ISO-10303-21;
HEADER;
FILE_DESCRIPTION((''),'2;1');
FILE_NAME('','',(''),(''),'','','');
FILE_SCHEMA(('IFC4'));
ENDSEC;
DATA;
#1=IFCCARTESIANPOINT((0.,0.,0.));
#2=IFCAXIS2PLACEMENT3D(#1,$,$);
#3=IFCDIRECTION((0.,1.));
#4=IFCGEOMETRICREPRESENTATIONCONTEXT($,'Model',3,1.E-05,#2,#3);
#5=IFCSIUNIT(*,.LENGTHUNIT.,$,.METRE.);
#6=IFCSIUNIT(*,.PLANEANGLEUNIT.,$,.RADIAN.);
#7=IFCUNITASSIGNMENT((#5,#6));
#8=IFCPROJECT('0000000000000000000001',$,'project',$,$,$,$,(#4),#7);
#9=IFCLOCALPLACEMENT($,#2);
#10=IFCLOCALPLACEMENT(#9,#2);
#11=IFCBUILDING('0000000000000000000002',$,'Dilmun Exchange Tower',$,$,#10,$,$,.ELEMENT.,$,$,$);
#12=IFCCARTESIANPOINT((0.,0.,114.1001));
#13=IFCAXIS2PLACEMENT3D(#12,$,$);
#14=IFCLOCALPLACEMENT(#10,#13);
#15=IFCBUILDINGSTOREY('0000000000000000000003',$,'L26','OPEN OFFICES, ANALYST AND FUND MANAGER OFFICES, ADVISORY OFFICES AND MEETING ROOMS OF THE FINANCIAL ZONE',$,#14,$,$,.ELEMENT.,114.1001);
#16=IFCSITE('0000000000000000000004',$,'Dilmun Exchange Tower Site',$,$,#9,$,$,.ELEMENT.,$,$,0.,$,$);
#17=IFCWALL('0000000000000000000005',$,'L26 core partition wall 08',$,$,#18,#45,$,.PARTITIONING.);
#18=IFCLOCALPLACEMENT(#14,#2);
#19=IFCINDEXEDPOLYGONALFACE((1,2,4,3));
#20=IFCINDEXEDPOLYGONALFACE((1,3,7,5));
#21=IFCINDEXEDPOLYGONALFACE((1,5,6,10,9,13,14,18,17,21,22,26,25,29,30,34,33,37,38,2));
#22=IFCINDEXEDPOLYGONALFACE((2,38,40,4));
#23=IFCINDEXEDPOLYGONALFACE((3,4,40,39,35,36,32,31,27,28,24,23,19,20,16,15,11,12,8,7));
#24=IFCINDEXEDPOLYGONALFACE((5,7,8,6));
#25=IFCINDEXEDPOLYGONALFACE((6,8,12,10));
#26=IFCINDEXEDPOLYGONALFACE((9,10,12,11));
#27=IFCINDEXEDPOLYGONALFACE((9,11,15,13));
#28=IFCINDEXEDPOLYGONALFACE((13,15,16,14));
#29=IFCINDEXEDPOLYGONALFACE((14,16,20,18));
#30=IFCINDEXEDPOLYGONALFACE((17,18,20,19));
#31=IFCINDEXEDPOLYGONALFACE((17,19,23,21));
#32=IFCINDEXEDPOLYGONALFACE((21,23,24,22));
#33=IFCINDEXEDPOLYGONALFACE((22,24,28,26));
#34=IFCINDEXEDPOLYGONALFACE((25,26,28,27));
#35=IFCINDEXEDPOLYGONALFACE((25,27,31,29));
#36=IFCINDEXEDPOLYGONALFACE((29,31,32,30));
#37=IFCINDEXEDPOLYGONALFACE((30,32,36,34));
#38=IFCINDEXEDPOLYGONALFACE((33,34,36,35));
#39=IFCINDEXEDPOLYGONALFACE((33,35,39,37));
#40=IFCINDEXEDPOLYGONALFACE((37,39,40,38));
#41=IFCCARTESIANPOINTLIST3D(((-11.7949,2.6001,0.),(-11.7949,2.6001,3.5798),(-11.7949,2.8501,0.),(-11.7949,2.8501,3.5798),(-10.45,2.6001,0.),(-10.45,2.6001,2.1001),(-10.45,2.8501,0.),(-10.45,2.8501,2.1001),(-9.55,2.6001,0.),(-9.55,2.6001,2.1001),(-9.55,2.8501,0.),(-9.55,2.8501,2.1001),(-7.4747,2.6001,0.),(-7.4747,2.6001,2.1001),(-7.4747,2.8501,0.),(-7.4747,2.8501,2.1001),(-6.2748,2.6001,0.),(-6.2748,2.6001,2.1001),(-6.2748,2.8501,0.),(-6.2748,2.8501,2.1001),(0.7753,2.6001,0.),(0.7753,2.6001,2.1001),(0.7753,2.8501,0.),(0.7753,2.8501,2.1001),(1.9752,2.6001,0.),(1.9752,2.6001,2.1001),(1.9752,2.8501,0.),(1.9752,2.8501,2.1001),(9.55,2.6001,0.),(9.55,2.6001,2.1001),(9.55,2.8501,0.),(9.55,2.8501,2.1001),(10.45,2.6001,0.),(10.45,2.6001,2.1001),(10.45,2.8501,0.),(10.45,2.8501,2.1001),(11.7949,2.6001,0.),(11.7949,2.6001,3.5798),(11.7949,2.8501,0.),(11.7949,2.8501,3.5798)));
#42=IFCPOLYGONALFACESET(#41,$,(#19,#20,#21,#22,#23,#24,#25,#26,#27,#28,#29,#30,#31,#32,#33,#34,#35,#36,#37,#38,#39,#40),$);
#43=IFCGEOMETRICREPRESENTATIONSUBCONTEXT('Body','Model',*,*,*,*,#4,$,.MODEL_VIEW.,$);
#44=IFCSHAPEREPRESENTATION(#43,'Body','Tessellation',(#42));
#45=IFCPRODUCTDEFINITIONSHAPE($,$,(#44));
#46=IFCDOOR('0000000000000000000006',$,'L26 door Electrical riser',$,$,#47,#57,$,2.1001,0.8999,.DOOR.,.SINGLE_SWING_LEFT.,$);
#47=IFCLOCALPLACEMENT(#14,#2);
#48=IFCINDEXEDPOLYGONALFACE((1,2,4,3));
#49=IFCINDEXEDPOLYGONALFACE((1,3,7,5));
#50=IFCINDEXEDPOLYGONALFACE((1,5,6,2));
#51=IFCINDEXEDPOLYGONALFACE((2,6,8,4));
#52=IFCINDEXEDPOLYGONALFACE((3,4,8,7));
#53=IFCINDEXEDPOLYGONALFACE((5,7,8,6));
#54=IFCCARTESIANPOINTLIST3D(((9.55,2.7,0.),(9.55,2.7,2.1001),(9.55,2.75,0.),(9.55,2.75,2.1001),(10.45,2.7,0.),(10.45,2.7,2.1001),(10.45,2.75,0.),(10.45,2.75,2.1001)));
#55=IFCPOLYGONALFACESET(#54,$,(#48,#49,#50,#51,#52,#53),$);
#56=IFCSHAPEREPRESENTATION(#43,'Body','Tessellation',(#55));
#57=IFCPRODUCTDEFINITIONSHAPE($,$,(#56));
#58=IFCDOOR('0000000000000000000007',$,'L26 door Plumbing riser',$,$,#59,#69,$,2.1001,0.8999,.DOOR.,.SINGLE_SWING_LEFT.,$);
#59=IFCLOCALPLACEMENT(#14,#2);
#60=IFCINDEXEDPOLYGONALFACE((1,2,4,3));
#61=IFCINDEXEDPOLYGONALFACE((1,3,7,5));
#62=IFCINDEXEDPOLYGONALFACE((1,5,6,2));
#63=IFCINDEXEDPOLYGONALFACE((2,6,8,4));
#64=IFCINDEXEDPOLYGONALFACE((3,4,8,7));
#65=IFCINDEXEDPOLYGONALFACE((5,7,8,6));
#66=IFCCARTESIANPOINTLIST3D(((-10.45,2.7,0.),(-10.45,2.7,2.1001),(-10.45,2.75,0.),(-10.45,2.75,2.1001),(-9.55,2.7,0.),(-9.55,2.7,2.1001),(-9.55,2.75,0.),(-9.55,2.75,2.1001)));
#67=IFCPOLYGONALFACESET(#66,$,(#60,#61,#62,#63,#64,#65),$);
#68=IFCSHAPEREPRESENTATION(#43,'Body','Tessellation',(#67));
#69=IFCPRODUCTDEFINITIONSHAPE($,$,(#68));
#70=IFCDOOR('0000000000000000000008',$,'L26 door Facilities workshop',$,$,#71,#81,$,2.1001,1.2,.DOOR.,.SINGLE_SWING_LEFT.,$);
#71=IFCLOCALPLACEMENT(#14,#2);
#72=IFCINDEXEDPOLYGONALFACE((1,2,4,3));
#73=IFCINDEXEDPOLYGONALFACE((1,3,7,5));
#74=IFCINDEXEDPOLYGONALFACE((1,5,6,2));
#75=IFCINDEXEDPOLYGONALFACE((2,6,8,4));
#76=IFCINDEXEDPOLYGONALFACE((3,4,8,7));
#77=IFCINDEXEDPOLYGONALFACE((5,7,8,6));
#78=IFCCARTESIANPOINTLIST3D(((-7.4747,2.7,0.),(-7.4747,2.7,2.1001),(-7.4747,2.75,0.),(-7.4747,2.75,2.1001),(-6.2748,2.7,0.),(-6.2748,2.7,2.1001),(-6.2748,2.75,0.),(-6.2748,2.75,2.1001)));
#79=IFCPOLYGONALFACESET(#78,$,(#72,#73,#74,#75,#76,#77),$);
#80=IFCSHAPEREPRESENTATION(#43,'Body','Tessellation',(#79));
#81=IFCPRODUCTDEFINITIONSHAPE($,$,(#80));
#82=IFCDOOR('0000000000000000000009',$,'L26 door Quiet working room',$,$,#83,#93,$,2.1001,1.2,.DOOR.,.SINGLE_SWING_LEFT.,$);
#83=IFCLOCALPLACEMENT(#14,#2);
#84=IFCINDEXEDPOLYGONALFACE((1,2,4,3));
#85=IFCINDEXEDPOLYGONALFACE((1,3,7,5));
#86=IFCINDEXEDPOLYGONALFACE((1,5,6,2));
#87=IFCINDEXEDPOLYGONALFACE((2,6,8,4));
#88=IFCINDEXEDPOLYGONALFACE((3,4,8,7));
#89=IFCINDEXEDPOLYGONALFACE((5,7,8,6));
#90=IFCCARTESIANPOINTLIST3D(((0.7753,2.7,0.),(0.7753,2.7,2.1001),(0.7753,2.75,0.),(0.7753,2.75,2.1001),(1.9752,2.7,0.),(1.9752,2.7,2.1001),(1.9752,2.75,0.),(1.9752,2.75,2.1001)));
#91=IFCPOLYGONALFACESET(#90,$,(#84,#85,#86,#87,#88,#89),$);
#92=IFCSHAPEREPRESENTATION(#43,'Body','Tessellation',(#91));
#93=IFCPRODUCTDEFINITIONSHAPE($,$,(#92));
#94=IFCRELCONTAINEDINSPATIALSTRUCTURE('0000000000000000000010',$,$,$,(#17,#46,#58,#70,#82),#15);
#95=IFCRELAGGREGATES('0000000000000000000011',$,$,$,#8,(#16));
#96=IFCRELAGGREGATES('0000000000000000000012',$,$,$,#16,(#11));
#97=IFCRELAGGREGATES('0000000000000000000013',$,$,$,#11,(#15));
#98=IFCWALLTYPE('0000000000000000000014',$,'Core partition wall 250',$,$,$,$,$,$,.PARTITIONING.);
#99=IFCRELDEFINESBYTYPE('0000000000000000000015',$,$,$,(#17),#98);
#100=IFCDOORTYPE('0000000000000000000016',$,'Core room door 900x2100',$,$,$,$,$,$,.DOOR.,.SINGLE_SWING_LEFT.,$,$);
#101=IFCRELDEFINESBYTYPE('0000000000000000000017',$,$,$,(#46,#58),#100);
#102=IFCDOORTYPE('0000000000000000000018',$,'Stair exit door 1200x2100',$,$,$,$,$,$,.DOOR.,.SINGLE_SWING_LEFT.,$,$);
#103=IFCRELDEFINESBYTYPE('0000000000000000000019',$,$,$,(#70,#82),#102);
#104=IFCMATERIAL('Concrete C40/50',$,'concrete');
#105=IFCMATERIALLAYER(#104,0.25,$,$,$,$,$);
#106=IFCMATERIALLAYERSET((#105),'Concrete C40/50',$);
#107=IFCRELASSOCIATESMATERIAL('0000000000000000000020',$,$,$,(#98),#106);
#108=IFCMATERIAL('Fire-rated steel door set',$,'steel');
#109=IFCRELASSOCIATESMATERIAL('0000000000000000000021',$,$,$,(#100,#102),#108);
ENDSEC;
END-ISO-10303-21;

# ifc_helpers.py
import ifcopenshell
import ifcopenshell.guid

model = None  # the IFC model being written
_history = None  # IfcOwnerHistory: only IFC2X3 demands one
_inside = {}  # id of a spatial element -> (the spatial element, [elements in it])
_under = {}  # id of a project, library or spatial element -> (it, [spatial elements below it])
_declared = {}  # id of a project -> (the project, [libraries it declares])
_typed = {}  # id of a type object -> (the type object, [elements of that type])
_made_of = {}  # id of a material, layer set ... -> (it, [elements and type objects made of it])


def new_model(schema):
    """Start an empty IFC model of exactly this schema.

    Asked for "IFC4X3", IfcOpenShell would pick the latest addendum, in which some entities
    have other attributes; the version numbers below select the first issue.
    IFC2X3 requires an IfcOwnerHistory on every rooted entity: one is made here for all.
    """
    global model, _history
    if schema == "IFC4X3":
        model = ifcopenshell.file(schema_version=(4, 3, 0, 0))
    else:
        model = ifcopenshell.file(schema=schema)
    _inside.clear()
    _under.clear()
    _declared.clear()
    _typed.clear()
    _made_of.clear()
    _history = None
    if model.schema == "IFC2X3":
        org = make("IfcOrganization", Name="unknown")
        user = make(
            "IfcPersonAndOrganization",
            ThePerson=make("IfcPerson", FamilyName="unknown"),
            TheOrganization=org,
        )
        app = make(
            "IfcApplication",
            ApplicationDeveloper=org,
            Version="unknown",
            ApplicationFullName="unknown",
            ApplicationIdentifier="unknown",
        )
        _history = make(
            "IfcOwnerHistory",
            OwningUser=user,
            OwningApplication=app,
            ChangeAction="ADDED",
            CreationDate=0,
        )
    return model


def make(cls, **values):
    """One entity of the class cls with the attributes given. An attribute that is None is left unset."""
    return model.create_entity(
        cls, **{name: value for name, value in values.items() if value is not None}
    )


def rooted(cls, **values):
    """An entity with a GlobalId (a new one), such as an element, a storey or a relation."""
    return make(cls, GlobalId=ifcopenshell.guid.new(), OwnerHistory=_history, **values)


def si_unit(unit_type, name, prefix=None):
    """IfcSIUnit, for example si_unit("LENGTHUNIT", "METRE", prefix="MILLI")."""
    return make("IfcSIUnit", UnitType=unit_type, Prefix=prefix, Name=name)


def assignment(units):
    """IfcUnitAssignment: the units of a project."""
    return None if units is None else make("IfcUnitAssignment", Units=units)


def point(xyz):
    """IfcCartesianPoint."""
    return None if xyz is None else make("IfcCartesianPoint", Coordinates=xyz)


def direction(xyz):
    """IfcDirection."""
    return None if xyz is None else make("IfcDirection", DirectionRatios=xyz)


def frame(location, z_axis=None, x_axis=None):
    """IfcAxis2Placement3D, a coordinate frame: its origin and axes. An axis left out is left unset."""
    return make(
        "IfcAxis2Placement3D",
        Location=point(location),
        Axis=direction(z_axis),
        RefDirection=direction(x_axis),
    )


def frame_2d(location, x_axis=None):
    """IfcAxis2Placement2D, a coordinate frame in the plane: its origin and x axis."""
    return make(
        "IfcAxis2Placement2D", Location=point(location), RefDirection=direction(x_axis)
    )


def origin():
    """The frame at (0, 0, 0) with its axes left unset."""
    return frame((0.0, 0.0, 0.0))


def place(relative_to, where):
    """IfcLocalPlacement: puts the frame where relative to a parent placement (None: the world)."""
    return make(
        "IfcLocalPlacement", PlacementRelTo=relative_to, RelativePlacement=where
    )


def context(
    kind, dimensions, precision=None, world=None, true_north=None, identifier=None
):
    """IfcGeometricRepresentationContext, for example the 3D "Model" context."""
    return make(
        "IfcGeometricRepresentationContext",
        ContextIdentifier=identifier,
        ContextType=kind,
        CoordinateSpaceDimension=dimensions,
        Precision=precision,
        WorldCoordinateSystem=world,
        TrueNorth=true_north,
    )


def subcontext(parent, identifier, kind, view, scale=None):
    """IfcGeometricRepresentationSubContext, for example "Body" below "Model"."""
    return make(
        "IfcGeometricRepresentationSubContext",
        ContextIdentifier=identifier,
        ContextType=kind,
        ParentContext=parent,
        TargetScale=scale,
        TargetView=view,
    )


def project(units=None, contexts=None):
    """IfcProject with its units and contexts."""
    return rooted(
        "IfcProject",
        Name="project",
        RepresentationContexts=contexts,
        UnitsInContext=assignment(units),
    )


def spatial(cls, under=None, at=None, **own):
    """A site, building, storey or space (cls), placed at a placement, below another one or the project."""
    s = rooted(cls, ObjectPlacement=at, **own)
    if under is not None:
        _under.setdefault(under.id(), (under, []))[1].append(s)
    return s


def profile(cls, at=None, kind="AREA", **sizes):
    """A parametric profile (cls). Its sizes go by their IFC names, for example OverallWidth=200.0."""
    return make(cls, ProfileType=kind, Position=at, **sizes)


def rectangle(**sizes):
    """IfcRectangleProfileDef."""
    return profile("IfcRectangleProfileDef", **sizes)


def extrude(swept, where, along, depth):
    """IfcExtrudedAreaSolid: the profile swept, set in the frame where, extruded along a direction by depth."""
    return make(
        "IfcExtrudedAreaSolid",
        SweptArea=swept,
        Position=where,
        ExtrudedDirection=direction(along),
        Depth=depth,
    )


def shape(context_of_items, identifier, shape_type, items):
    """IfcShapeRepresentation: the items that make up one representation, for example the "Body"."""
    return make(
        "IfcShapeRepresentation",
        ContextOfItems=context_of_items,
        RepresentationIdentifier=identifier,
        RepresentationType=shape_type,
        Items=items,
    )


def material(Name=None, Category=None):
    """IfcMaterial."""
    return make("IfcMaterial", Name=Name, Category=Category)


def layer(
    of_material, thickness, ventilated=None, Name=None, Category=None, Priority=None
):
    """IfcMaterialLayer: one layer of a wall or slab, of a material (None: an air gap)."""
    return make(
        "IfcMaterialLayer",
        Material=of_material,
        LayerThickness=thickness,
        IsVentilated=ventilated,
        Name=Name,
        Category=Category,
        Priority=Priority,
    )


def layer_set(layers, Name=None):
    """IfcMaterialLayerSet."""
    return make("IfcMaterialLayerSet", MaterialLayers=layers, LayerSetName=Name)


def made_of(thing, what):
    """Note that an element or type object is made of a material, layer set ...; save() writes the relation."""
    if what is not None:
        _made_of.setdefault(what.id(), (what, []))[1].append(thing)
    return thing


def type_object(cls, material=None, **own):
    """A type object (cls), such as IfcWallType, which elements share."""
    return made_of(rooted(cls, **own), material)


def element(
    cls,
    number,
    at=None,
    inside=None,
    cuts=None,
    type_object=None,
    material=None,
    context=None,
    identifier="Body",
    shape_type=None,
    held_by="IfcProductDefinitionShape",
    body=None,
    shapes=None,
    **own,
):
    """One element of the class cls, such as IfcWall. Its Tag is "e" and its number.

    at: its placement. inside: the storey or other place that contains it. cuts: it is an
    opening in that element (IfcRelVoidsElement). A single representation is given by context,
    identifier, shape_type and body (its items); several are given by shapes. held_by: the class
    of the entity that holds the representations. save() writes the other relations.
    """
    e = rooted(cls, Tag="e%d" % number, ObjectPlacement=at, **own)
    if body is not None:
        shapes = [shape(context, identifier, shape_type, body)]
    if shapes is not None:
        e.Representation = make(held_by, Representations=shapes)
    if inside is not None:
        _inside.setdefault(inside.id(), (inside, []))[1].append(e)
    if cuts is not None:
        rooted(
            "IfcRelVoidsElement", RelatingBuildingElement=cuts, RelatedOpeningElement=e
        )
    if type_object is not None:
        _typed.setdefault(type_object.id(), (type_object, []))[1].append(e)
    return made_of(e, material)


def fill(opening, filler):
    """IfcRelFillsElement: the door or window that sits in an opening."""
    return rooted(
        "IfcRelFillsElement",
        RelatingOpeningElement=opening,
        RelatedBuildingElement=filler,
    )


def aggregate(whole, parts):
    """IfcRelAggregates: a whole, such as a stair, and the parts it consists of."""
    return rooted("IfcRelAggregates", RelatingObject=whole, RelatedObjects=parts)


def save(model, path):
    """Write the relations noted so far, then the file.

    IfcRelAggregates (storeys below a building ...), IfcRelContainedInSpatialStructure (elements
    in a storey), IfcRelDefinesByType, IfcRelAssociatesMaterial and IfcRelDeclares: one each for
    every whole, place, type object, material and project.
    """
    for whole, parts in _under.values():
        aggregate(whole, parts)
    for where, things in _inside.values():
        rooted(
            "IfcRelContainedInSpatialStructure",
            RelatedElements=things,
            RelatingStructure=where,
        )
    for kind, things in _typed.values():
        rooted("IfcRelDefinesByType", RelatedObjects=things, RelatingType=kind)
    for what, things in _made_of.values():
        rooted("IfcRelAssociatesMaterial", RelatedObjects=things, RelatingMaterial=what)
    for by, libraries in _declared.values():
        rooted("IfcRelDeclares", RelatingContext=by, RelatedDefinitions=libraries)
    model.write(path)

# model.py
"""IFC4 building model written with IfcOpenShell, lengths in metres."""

from ifc_helpers import new_model, si_unit, direction, frame, frame_2d, origin, place, context, subcontext, project, spatial, rectangle, extrude, material, layer, layer_set, type_object, element, fill, save


model = new_model("IFC4")

# Units and contexts
model_context = context("Model", 3, precision=1e-05, world=origin(), true_north=direction((0.0, 1.0)))
body_context = subcontext(model_context, "Body", "Model", "MODEL_VIEW")
ifc_project = project(units=[si_unit("LENGTHUNIT", "METRE"), si_unit("PLANEANGLEUNIT", "RADIAN")], contexts=[model_context])

# Site, building, storey
site_placement = place(None, origin())
site = spatial("IfcSite", under=ifc_project, at=site_placement, Name="Dilmun Exchange Tower Site", CompositionType="ELEMENT", RefElevation=0.0)
building_placement = place(site_placement, origin())
building = spatial("IfcBuilding", under=site, at=building_placement, Name="Dilmun Exchange Tower", CompositionType="ELEMENT")
storey_placement = place(building_placement, frame((0.0, 0.0, 114.1001)))
storey = spatial("IfcBuildingStorey", under=building, at=storey_placement, Name="L26", Description="OPEN OFFICES, ANALYST AND FUND MANAGER OFFICES, ADVISORY OFFICES AND MEETING ROOMS OF THE FINANCIAL ZONE", CompositionType="ELEMENT", Elevation=114.1001)

# Shared definitions
ifc_material_1 = material(Name="Concrete C40/50", Category="concrete")

# Wall, openings, doors
ifc_layer_1 = layer(ifc_material_1, 0.25)
ifc_layer_set_1 = layer_set([ifc_layer_1], Name="Concrete C40/50")
wall_type_1 = type_object("IfcWallType", Name="Core partition wall 250", PredefinedType="PARTITIONING", material=ifc_layer_set_1)
wall_1_placement = place(storey_placement, frame((-11.7949, 2.7251, 0.0), z_axis=(0.0, 0.0, 1.0), x_axis=(1.0, 0.0, 0.0)))
wall_1 = element("IfcWall", 1, at=wall_1_placement, inside=storey, type_object=wall_type_1, Name="L26 core partition wall 08", PredefinedType="PARTITIONING", context=body_context, shape_type="SweptSolid", body=[
    extrude(rectangle(XDim=23.5898, YDim=0.25, at=frame_2d((11.7949, 0.0))), origin(), (0.0, 0.0, 1.0), 3.5798),
])
opening_1_placement = place(wall_1_placement, frame((21.345, 0.0, 0.0)))
opening_1 = element("IfcOpeningElement", 2, at=opening_1_placement, cuts=wall_1, PredefinedType="OPENING", context=body_context, shape_type="SweptSolid", body=[
    extrude(rectangle(XDim=0.8999, YDim=2.1001, at=frame_2d((0.45, 1.05))), frame((0.0, 0.135, 0.0), z_axis=(0.0, -1.0, 0.0), x_axis=(1.0, 0.0, 0.0)), (0.0, 0.0, 1.0), 0.27),
])
opening_2_placement = place(wall_1_placement, frame((1.345, 0.0, 0.0)))
opening_2 = element("IfcOpeningElement", 3, at=opening_2_placement, cuts=wall_1, PredefinedType="OPENING", context=body_context, shape_type="SweptSolid", body=[
    extrude(rectangle(XDim=0.8999, YDim=2.1001, at=frame_2d((0.45, 1.05))), frame((0.0, 0.135, 0.0), z_axis=(0.0, -1.0, 0.0), x_axis=(1.0, 0.0, 0.0)), (0.0, 0.0, 1.0), 0.27),
])
opening_3_placement = place(wall_1_placement, frame((4.3201, 0.0, 0.0)))
opening_3 = element("IfcOpeningElement", 4, at=opening_3_placement, cuts=wall_1, PredefinedType="OPENING", context=body_context, shape_type="SweptSolid", body=[
    extrude(rectangle(XDim=1.2, YDim=2.1001, at=frame_2d((0.6001, 1.05))), frame((0.0, 0.135, 0.0), z_axis=(0.0, -1.0, 0.0), x_axis=(1.0, 0.0, 0.0)), (0.0, 0.0, 1.0), 0.27),
])
opening_4_placement = place(wall_1_placement, frame((12.5701, 0.0, 0.0)))
opening_4 = element("IfcOpeningElement", 5, at=opening_4_placement, cuts=wall_1, PredefinedType="OPENING", context=body_context, shape_type="SweptSolid", body=[
    extrude(rectangle(XDim=1.2, YDim=2.1001, at=frame_2d((0.6001, 1.05))), frame((0.0, 0.135, 0.0), z_axis=(0.0, -1.0, 0.0), x_axis=(1.0, 0.0, 0.0)), (0.0, 0.0, 1.0), 0.27),
])
ifc_material_2 = material(Name="Fire-rated steel door set", Category="steel")
door_type_1 = type_object("IfcDoorType", Name="Core room door 900x2100", OperationType="SINGLE_SWING_LEFT", PredefinedType="DOOR", material=ifc_material_2)
door_1_placement = place(opening_1_placement, origin())
door_1 = element("IfcDoor", 6, at=door_1_placement, inside=storey, type_object=door_type_1, Name="L26 door Electrical riser", OperationType="SINGLE_SWING_LEFT", OverallHeight=2.1001, OverallWidth=0.8999, PredefinedType="DOOR", context=body_context, shape_type="SweptSolid", body=[
    extrude(rectangle(XDim=0.8999, YDim=2.1001, at=frame_2d((0.45, 1.05))), frame((0.0, 0.0249, 0.0), z_axis=(0.0, -1.0, 0.0), x_axis=(1.0, 0.0, 0.0)), (0.0, 0.0, 1.0), 0.05),
])
fill(opening_1, door_1)
door_2_placement = place(opening_2_placement, origin())
door_2 = element("IfcDoor", 7, at=door_2_placement, inside=storey, type_object=door_type_1, Name="L26 door Plumbing riser", OperationType="SINGLE_SWING_LEFT", OverallHeight=2.1001, OverallWidth=0.8999, PredefinedType="DOOR", context=body_context, shape_type="SweptSolid", body=[
    extrude(rectangle(XDim=0.8999, YDim=2.1001, at=frame_2d((0.45, 1.05))), frame((0.0, 0.0249, 0.0), z_axis=(0.0, -1.0, 0.0), x_axis=(1.0, 0.0, 0.0)), (0.0, 0.0, 1.0), 0.05),
])
fill(opening_2, door_2)
door_type_2 = type_object("IfcDoorType", Name="Stair exit door 1200x2100", OperationType="SINGLE_SWING_LEFT", PredefinedType="DOOR", material=ifc_material_2)
door_3_placement = place(opening_3_placement, origin())
door_3 = element("IfcDoor", 8, at=door_3_placement, inside=storey, type_object=door_type_2, Name="L26 door Facilities workshop", OperationType="SINGLE_SWING_LEFT", OverallHeight=2.1001, OverallWidth=1.2, PredefinedType="DOOR", context=body_context, shape_type="SweptSolid", body=[
    extrude(rectangle(XDim=1.2, YDim=2.1001, at=frame_2d((0.6001, 1.05))), frame((0.0, 0.0249, 0.0), z_axis=(0.0, -1.0, 0.0), x_axis=(1.0, 0.0, 0.0)), (0.0, 0.0, 1.0), 0.05),
])
fill(opening_3, door_3)
door_4_placement = place(opening_4_placement, origin())
door_4 = element("IfcDoor", 9, at=door_4_placement, inside=storey, type_object=door_type_2, Name="L26 door Quiet working room", OperationType="SINGLE_SWING_LEFT", OverallHeight=2.1001, OverallWidth=1.2, PredefinedType="DOOR", context=body_context, shape_type="SweptSolid", body=[
    extrude(rectangle(XDim=1.2, YDim=2.1001, at=frame_2d((0.6001, 1.05))), frame((0.0, 0.0249, 0.0), z_axis=(0.0, -1.0, 0.0), x_axis=(1.0, 0.0, 0.0)), (0.0, 0.0, 1.0), 0.05),
])
fill(opening_4, door_4)

save(model, "model.ifc")
